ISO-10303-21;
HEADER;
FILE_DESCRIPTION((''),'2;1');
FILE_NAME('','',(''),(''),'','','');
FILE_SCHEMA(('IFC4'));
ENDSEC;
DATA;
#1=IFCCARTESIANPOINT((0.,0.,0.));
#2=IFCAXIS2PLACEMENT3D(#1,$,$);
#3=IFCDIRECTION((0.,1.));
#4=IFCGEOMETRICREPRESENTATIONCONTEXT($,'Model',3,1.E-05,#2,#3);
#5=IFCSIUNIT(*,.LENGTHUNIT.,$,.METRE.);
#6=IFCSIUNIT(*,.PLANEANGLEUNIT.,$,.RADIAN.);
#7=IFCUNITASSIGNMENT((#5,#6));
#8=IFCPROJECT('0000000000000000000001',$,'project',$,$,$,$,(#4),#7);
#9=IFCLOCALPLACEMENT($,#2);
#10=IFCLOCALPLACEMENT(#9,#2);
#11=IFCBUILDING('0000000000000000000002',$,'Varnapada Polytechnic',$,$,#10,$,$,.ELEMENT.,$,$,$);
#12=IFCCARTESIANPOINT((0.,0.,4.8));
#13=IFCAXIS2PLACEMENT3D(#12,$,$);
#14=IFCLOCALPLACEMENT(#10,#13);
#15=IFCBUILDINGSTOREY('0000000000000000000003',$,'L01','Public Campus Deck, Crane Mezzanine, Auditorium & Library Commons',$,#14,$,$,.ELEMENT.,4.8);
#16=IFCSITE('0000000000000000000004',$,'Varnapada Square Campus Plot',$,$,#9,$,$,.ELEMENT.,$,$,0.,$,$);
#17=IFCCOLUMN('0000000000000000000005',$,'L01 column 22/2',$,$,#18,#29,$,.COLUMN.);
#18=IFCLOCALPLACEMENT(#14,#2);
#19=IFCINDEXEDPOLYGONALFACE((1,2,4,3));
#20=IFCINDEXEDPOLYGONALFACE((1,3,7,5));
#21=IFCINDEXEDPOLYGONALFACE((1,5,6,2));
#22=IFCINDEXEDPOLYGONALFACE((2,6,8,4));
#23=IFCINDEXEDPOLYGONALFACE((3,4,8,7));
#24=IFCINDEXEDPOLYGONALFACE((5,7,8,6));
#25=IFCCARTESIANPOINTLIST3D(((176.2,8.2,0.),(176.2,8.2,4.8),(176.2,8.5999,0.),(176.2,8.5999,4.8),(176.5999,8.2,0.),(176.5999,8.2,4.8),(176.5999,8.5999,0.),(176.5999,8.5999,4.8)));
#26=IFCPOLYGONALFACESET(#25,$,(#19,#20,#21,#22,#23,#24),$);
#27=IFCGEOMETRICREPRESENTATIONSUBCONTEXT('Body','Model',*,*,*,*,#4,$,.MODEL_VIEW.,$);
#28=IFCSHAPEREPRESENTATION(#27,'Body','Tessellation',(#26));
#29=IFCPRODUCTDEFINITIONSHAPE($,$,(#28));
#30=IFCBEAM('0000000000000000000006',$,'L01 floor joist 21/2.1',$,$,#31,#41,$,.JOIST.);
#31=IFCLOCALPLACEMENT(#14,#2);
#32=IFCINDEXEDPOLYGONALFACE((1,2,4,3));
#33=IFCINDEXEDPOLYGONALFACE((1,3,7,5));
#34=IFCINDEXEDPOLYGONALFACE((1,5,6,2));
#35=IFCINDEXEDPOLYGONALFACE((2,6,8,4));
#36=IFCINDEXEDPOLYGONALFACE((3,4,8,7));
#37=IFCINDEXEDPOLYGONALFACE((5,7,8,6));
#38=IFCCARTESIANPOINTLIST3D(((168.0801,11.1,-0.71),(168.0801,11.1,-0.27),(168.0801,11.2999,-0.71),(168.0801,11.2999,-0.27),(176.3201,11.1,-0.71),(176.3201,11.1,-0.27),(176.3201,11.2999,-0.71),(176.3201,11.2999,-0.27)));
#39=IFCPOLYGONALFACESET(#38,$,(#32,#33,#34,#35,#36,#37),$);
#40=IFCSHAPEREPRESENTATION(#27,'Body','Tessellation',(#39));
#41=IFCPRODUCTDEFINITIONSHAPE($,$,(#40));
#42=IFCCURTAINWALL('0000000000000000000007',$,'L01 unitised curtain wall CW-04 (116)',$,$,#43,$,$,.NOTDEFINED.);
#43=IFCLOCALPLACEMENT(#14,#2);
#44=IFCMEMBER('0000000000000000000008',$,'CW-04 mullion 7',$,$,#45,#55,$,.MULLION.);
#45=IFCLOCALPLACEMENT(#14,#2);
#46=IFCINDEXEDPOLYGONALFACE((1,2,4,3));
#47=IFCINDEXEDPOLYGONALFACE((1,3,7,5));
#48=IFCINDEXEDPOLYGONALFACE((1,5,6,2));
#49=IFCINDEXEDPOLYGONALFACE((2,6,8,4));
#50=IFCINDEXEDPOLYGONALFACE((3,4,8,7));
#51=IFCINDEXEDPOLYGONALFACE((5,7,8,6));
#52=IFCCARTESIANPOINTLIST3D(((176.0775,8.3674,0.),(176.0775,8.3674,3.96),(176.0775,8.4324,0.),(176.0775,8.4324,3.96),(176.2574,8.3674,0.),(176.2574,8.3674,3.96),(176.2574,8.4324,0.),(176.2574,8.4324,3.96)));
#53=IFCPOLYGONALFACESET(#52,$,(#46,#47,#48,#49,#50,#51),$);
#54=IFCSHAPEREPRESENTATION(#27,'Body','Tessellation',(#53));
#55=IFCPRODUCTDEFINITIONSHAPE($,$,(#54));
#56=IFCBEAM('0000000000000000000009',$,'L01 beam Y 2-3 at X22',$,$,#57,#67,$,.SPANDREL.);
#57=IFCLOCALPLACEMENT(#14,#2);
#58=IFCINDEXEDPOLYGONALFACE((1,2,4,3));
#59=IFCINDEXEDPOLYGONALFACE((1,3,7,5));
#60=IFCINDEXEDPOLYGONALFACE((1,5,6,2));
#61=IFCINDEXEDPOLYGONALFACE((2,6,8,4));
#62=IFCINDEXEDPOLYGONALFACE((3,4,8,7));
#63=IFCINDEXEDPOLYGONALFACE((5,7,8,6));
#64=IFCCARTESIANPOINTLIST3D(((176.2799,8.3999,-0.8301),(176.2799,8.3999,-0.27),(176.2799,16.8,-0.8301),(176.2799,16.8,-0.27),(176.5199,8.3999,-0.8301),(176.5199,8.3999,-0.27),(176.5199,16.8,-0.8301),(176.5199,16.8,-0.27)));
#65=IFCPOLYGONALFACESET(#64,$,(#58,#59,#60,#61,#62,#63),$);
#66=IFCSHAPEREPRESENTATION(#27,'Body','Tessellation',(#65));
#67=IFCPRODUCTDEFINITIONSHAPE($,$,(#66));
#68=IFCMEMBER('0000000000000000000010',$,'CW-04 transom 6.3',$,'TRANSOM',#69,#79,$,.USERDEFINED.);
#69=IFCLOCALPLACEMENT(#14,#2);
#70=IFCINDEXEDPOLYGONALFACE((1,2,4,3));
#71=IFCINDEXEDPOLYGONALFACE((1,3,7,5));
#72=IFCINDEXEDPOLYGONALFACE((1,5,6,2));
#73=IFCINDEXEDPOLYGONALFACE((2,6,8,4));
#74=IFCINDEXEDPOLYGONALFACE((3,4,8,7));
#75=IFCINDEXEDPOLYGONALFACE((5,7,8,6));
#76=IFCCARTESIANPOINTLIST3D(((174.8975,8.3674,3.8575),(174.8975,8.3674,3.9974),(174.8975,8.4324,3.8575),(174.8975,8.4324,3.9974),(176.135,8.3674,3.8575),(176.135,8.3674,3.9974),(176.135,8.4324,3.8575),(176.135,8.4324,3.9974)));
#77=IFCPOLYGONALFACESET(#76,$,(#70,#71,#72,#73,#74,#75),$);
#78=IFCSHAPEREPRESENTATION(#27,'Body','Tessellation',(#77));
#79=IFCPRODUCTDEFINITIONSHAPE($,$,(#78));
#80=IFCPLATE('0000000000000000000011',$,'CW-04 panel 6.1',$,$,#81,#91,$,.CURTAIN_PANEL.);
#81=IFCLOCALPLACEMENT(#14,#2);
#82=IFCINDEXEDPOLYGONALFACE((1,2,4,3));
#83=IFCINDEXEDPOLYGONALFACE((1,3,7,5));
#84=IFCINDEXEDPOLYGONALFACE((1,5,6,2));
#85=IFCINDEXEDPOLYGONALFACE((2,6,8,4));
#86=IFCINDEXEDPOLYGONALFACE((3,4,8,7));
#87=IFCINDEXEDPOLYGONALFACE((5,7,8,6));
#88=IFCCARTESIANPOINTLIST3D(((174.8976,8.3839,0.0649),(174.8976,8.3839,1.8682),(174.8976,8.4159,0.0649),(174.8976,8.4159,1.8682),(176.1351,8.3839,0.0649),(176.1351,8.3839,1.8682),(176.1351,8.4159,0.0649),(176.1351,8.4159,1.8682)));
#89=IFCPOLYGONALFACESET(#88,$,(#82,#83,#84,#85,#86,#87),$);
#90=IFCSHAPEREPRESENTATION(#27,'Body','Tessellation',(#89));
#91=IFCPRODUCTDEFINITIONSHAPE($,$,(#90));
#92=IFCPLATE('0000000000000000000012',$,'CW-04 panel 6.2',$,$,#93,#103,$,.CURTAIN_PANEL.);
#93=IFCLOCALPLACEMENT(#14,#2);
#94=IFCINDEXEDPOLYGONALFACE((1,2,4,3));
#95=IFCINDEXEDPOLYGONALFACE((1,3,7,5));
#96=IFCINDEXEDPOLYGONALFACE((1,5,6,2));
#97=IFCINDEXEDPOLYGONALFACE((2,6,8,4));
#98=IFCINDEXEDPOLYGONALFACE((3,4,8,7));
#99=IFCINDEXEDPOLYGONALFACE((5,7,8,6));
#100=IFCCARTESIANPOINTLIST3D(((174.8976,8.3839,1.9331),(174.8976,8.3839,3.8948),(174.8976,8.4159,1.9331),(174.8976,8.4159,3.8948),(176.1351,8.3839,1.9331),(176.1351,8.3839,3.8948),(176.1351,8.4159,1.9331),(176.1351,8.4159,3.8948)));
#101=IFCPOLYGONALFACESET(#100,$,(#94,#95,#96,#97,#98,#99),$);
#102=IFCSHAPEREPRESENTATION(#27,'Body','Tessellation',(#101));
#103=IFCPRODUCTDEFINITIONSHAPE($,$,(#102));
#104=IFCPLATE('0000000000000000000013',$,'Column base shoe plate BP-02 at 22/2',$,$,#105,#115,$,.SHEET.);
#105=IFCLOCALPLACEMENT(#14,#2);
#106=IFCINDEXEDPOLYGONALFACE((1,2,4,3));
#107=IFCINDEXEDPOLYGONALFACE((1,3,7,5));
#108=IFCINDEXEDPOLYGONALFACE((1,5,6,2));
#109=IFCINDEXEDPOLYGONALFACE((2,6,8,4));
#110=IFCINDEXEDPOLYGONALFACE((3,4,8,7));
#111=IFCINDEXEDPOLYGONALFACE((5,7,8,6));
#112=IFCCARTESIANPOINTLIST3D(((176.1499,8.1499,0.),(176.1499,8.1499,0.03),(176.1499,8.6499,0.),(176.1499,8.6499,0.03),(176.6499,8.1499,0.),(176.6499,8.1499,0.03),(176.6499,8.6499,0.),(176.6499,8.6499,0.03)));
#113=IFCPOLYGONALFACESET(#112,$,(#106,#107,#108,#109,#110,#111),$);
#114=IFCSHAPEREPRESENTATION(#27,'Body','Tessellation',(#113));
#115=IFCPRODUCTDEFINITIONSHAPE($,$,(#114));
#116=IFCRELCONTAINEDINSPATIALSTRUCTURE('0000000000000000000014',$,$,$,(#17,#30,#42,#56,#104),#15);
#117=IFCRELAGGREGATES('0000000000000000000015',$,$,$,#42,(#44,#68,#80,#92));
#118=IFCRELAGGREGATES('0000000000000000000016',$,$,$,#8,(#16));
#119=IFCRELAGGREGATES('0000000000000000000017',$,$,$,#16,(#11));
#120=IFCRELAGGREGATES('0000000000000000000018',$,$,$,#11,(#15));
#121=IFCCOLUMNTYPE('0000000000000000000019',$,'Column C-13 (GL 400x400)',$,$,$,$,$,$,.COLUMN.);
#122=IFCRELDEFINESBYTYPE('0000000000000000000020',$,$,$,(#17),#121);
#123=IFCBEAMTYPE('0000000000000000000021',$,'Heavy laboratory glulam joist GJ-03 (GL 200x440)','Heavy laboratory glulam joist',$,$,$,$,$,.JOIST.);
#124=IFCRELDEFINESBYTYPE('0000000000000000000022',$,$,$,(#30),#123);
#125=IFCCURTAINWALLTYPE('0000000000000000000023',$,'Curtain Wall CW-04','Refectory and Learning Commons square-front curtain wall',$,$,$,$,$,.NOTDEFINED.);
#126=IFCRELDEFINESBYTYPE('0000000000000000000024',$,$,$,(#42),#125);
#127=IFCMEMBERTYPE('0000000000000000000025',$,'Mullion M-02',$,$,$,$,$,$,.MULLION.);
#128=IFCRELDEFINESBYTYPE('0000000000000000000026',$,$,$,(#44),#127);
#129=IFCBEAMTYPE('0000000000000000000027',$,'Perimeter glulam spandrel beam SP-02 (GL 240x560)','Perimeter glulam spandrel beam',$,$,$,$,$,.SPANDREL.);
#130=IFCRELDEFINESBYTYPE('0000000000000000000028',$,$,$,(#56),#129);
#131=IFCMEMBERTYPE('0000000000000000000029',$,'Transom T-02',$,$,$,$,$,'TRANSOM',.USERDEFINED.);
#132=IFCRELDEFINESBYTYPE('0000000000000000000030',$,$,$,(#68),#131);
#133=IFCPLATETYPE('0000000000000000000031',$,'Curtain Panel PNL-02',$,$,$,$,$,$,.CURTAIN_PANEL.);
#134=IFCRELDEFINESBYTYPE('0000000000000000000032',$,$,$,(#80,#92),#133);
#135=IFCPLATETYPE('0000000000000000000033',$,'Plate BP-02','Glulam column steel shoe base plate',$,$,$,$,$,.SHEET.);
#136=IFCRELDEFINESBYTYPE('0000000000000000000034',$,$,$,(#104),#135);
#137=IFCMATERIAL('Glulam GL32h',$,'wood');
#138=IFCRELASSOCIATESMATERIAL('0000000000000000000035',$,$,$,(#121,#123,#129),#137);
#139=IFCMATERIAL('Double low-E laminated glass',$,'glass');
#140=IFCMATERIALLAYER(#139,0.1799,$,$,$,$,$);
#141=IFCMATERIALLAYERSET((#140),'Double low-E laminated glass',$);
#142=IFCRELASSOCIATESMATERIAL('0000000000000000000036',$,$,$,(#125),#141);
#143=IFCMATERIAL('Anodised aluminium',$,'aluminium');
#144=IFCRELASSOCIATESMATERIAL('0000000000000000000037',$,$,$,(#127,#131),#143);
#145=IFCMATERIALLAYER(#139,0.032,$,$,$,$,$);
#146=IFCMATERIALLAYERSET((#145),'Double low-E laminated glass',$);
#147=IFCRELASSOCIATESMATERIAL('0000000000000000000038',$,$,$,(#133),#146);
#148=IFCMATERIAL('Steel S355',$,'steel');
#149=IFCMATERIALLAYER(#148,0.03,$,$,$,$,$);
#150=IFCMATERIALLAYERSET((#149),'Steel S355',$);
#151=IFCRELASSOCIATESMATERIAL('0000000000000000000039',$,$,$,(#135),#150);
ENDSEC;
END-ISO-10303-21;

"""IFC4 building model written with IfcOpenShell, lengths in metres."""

from ifc_helpers import new_model, si_unit, direction, frame, origin, origin_2d, place, context, subcontext, project, spatial, rectangle, extrude, material, layer, layer_set, material_profile, profile_set, type_object, element, aggregate, save


model = new_model("IFC4")

# Units and contexts
model_context = context("Model", 3, precision=1e-05, world=origin(), true_north=direction((0.0, 1.0)))
body_context = subcontext(model_context, "Body", "Model", "MODEL_VIEW")
ifc_project = project(units=[si_unit("LENGTHUNIT", "METRE"), si_unit("PLANEANGLEUNIT", "RADIAN")], contexts=[model_context])

# Site, building, storey
site_placement = place(None, origin())
site = spatial("IfcSite", under=ifc_project, at=site_placement, Name="Varnapada Square Campus Plot", CompositionType="ELEMENT", RefElevation=0.0)
building_placement = place(site_placement, origin())
building = spatial("IfcBuilding", under=site, at=building_placement, Name="Varnapada Polytechnic", CompositionType="ELEMENT")
storey_placement = place(building_placement, frame((0.0, 0.0, 4.8)))
storey = spatial("IfcBuildingStorey", under=building, at=storey_placement, Name="L01", Description="Public Campus Deck, Crane Mezzanine, Auditorium & Library Commons", CompositionType="ELEMENT", Elevation=4.8)

# Column
ifc_material_1 = material(Name="Glulam GL32h", Category="wood")
ifc_material_profile_1 = material_profile(ifc_material_1, rectangle(XDim=0.3999, YDim=0.3999, at=origin_2d()), Name="GL 400x400")
ifc_profile_set_1 = profile_set([ifc_material_profile_1], Name="Glulam GL32h")
column_type = type_object("IfcColumnType", Name="Column C-13 (GL 400x400)", PredefinedType="COLUMN", material=ifc_profile_set_1)
column_placement = place(storey_placement, frame((176.3999, 8.3999, 0.0), z_axis=(0.0, 0.0, 1.0), x_axis=(1.0, 0.0, 0.0)))
element("IfcColumn", 1, at=column_placement, inside=storey, type_object=column_type, Name="L01 column 22/2", PredefinedType="COLUMN", context=body_context, shape_type="SweptSolid", body=[
    extrude(rectangle(XDim=0.3999, YDim=0.3999, at=origin_2d()), origin(), (0.0, 0.0, 1.0), 4.8),
])

# Beam
ifc_material_profile_2 = material_profile(ifc_material_1, rectangle(XDim=0.2, YDim=0.4399, at=origin_2d()), Name="GL 200x440")
ifc_profile_set_2 = profile_set([ifc_material_profile_2], Name="Glulam GL32h")
beam_type_1 = type_object("IfcBeamType", Name="Heavy laboratory glulam joist GJ-03 (GL 200x440)", Description="Heavy laboratory glulam joist", PredefinedType="JOIST", material=ifc_profile_set_2)
beam_1_placement = place(storey_placement, frame((168.0801, 11.2, -0.49), z_axis=(1.0, 0.0, 0.0), x_axis=(0.0, 1.0, 0.0)))
element("IfcBeam", 2, at=beam_1_placement, inside=storey, type_object=beam_type_1, Name="L01 floor joist 21/2.1", PredefinedType="JOIST", context=body_context, shape_type="SweptSolid", body=[
    extrude(rectangle(XDim=0.2, YDim=0.4399, at=origin_2d()), origin(), (0.0, 0.0, 1.0), 8.24),
])

# Curtain wall, member
ifc_material_2 = material(Name="Double low-E laminated glass", Category="glass")
ifc_layer_1 = layer(ifc_material_2, 0.1799)
ifc_layer_set_1 = layer_set([ifc_layer_1], Name="Double low-E laminated glass")
curtain_wall_type = type_object("IfcCurtainWallType", Name="Curtain Wall CW-04", Description="Refectory and Learning Commons square-front curtain wall", PredefinedType="NOTDEFINED", material=ifc_layer_set_1)
curtain_wall_placement = place(storey_placement, origin())
curtain_wall = element("IfcCurtainWall", 3, at=curtain_wall_placement, inside=storey, type_object=curtain_wall_type, Name="L01 unitised curtain wall CW-04 (116)", PredefinedType="NOTDEFINED")
ifc_material_3 = material(Name="Anodised aluminium", Category="aluminium")
ifc_material_profile_3 = material_profile(ifc_material_3, rectangle(XDim=0.0649, YDim=0.1799, at=origin_2d()), Name="ALU M65x180")
ifc_profile_set_3 = profile_set([ifc_material_profile_3], Name="Anodised aluminium")
member_type_1 = type_object("IfcMemberType", Name="Mullion M-02", PredefinedType="MULLION", material=ifc_profile_set_3)
member_1_placement = place(storey_placement, frame((176.1675, 8.3999, 0.0), z_axis=(0.0, 0.0, 1.0), x_axis=(0.0, 1.0, 0.0)))
member_1 = element("IfcMember", 4, at=member_1_placement, type_object=member_type_1, Name="CW-04 mullion 7", PredefinedType="MULLION", context=body_context, shape_type="SweptSolid", body=[
    extrude(rectangle(XDim=0.0649, YDim=0.1799, at=origin_2d()), origin(), (0.0, 0.0, 1.0), 3.96),
])

# Beam
ifc_material_profile_4 = material_profile(ifc_material_1, rectangle(XDim=0.24, YDim=0.5601, at=origin_2d()), Name="GL 240x560")
ifc_profile_set_4 = profile_set([ifc_material_profile_4], Name="Glulam GL32h")
beam_type_2 = type_object("IfcBeamType", Name="Perimeter glulam spandrel beam SP-02 (GL 240x560)", Description="Perimeter glulam spandrel beam", PredefinedType="SPANDREL", material=ifc_profile_set_4)
beam_2_placement = place(storey_placement, frame((176.3999, 8.3999, -0.55), z_axis=(0.0, 1.0, 0.0), x_axis=(-1.0, 0.0, 0.0)))
element("IfcBeam", 5, at=beam_2_placement, inside=storey, type_object=beam_type_2, Name="L01 beam Y 2-3 at X22", PredefinedType="SPANDREL", context=body_context, shape_type="SweptSolid", body=[
    extrude(rectangle(XDim=0.24, YDim=0.5601, at=origin_2d()), origin(), (0.0, 0.0, 1.0), 8.4001),
])

# Member
ifc_material_profile_5 = material_profile(ifc_material_3, rectangle(XDim=0.0649, YDim=0.1399, at=origin_2d()), Name="ALU T65x140")
ifc_profile_set_5 = profile_set([ifc_material_profile_5], Name="Anodised aluminium")
member_type_2 = type_object("IfcMemberType", Name="Transom T-02", ElementType="TRANSOM", PredefinedType="USERDEFINED", material=ifc_profile_set_5)
member_2_placement = place(storey_placement, frame((174.8975, 8.3999, 3.9275), z_axis=(1.0, 0.0, 0.0), x_axis=(0.0, 1.0, 0.0)))
member_2 = element("IfcMember", 6, at=member_2_placement, type_object=member_type_2, Name="CW-04 transom 6.3", ObjectType="TRANSOM", PredefinedType="USERDEFINED", context=body_context, shape_type="SweptSolid", body=[
    extrude(rectangle(XDim=0.0649, YDim=0.1399, at=origin_2d()), origin(), (0.0, 0.0, 1.0), 1.2375),
])

# Plates
ifc_layer_2 = layer(ifc_material_2, 0.032)
ifc_layer_set_2 = layer_set([ifc_layer_2], Name="Double low-E laminated glass")
plate_type_1 = type_object("IfcPlateType", Name="Curtain Panel PNL-02", PredefinedType="CURTAIN_PANEL", material=ifc_layer_set_2)
plate_1_placement = place(storey_placement, frame((175.5164, 8.3999, 0.0649), z_axis=(0.0, 0.0, 1.0), x_axis=(1.0, 0.0, 0.0)))
plate_1 = element("IfcPlate", 7, at=plate_1_placement, type_object=plate_type_1, Name="CW-04 panel 6.1", PredefinedType="CURTAIN_PANEL", context=body_context, shape_type="SweptSolid", body=[
    extrude(rectangle(XDim=1.2375, YDim=0.032, at=origin_2d()), origin(), (0.0, 0.0, 1.0), 1.8032),
])
plate_2_placement = place(storey_placement, frame((175.5164, 8.3999, 1.9331), z_axis=(0.0, 0.0, 1.0), x_axis=(1.0, 0.0, 0.0)))
plate_2 = element("IfcPlate", 8, at=plate_2_placement, type_object=plate_type_1, Name="CW-04 panel 6.2", PredefinedType="CURTAIN_PANEL", context=body_context, shape_type="SweptSolid", body=[
    extrude(rectangle(XDim=1.2375, YDim=0.032, at=origin_2d()), origin(), (0.0, 0.0, 1.0), 1.9617),
])
aggregate(curtain_wall, [member_1, member_2, plate_1, plate_2])
ifc_material_4 = material(Name="Steel S355", Category="steel")
ifc_layer_3 = layer(ifc_material_4, 0.03)
ifc_layer_set_3 = layer_set([ifc_layer_3], Name="Steel S355")
plate_type_2 = type_object("IfcPlateType", Name="Plate BP-02", Description="Glulam column steel shoe base plate", PredefinedType="SHEET", material=ifc_layer_set_3)
plate_3_placement = place(storey_placement, frame((176.3999, 8.3999, 0.0), z_axis=(0.0, 0.0, 1.0), x_axis=(1.0, 0.0, 0.0)))
element("IfcPlate", 9, at=plate_3_placement, inside=storey, type_object=plate_type_2, Name="Column base shoe plate BP-02 at 22/2", PredefinedType="SHEET", context=body_context, shape_type="SweptSolid", body=[
    extrude(rectangle(XDim=0.5, YDim=0.5, at=origin_2d()), origin(), (0.0, 0.0, 1.0), 0.03),
])

save(model, "model.ifc")
